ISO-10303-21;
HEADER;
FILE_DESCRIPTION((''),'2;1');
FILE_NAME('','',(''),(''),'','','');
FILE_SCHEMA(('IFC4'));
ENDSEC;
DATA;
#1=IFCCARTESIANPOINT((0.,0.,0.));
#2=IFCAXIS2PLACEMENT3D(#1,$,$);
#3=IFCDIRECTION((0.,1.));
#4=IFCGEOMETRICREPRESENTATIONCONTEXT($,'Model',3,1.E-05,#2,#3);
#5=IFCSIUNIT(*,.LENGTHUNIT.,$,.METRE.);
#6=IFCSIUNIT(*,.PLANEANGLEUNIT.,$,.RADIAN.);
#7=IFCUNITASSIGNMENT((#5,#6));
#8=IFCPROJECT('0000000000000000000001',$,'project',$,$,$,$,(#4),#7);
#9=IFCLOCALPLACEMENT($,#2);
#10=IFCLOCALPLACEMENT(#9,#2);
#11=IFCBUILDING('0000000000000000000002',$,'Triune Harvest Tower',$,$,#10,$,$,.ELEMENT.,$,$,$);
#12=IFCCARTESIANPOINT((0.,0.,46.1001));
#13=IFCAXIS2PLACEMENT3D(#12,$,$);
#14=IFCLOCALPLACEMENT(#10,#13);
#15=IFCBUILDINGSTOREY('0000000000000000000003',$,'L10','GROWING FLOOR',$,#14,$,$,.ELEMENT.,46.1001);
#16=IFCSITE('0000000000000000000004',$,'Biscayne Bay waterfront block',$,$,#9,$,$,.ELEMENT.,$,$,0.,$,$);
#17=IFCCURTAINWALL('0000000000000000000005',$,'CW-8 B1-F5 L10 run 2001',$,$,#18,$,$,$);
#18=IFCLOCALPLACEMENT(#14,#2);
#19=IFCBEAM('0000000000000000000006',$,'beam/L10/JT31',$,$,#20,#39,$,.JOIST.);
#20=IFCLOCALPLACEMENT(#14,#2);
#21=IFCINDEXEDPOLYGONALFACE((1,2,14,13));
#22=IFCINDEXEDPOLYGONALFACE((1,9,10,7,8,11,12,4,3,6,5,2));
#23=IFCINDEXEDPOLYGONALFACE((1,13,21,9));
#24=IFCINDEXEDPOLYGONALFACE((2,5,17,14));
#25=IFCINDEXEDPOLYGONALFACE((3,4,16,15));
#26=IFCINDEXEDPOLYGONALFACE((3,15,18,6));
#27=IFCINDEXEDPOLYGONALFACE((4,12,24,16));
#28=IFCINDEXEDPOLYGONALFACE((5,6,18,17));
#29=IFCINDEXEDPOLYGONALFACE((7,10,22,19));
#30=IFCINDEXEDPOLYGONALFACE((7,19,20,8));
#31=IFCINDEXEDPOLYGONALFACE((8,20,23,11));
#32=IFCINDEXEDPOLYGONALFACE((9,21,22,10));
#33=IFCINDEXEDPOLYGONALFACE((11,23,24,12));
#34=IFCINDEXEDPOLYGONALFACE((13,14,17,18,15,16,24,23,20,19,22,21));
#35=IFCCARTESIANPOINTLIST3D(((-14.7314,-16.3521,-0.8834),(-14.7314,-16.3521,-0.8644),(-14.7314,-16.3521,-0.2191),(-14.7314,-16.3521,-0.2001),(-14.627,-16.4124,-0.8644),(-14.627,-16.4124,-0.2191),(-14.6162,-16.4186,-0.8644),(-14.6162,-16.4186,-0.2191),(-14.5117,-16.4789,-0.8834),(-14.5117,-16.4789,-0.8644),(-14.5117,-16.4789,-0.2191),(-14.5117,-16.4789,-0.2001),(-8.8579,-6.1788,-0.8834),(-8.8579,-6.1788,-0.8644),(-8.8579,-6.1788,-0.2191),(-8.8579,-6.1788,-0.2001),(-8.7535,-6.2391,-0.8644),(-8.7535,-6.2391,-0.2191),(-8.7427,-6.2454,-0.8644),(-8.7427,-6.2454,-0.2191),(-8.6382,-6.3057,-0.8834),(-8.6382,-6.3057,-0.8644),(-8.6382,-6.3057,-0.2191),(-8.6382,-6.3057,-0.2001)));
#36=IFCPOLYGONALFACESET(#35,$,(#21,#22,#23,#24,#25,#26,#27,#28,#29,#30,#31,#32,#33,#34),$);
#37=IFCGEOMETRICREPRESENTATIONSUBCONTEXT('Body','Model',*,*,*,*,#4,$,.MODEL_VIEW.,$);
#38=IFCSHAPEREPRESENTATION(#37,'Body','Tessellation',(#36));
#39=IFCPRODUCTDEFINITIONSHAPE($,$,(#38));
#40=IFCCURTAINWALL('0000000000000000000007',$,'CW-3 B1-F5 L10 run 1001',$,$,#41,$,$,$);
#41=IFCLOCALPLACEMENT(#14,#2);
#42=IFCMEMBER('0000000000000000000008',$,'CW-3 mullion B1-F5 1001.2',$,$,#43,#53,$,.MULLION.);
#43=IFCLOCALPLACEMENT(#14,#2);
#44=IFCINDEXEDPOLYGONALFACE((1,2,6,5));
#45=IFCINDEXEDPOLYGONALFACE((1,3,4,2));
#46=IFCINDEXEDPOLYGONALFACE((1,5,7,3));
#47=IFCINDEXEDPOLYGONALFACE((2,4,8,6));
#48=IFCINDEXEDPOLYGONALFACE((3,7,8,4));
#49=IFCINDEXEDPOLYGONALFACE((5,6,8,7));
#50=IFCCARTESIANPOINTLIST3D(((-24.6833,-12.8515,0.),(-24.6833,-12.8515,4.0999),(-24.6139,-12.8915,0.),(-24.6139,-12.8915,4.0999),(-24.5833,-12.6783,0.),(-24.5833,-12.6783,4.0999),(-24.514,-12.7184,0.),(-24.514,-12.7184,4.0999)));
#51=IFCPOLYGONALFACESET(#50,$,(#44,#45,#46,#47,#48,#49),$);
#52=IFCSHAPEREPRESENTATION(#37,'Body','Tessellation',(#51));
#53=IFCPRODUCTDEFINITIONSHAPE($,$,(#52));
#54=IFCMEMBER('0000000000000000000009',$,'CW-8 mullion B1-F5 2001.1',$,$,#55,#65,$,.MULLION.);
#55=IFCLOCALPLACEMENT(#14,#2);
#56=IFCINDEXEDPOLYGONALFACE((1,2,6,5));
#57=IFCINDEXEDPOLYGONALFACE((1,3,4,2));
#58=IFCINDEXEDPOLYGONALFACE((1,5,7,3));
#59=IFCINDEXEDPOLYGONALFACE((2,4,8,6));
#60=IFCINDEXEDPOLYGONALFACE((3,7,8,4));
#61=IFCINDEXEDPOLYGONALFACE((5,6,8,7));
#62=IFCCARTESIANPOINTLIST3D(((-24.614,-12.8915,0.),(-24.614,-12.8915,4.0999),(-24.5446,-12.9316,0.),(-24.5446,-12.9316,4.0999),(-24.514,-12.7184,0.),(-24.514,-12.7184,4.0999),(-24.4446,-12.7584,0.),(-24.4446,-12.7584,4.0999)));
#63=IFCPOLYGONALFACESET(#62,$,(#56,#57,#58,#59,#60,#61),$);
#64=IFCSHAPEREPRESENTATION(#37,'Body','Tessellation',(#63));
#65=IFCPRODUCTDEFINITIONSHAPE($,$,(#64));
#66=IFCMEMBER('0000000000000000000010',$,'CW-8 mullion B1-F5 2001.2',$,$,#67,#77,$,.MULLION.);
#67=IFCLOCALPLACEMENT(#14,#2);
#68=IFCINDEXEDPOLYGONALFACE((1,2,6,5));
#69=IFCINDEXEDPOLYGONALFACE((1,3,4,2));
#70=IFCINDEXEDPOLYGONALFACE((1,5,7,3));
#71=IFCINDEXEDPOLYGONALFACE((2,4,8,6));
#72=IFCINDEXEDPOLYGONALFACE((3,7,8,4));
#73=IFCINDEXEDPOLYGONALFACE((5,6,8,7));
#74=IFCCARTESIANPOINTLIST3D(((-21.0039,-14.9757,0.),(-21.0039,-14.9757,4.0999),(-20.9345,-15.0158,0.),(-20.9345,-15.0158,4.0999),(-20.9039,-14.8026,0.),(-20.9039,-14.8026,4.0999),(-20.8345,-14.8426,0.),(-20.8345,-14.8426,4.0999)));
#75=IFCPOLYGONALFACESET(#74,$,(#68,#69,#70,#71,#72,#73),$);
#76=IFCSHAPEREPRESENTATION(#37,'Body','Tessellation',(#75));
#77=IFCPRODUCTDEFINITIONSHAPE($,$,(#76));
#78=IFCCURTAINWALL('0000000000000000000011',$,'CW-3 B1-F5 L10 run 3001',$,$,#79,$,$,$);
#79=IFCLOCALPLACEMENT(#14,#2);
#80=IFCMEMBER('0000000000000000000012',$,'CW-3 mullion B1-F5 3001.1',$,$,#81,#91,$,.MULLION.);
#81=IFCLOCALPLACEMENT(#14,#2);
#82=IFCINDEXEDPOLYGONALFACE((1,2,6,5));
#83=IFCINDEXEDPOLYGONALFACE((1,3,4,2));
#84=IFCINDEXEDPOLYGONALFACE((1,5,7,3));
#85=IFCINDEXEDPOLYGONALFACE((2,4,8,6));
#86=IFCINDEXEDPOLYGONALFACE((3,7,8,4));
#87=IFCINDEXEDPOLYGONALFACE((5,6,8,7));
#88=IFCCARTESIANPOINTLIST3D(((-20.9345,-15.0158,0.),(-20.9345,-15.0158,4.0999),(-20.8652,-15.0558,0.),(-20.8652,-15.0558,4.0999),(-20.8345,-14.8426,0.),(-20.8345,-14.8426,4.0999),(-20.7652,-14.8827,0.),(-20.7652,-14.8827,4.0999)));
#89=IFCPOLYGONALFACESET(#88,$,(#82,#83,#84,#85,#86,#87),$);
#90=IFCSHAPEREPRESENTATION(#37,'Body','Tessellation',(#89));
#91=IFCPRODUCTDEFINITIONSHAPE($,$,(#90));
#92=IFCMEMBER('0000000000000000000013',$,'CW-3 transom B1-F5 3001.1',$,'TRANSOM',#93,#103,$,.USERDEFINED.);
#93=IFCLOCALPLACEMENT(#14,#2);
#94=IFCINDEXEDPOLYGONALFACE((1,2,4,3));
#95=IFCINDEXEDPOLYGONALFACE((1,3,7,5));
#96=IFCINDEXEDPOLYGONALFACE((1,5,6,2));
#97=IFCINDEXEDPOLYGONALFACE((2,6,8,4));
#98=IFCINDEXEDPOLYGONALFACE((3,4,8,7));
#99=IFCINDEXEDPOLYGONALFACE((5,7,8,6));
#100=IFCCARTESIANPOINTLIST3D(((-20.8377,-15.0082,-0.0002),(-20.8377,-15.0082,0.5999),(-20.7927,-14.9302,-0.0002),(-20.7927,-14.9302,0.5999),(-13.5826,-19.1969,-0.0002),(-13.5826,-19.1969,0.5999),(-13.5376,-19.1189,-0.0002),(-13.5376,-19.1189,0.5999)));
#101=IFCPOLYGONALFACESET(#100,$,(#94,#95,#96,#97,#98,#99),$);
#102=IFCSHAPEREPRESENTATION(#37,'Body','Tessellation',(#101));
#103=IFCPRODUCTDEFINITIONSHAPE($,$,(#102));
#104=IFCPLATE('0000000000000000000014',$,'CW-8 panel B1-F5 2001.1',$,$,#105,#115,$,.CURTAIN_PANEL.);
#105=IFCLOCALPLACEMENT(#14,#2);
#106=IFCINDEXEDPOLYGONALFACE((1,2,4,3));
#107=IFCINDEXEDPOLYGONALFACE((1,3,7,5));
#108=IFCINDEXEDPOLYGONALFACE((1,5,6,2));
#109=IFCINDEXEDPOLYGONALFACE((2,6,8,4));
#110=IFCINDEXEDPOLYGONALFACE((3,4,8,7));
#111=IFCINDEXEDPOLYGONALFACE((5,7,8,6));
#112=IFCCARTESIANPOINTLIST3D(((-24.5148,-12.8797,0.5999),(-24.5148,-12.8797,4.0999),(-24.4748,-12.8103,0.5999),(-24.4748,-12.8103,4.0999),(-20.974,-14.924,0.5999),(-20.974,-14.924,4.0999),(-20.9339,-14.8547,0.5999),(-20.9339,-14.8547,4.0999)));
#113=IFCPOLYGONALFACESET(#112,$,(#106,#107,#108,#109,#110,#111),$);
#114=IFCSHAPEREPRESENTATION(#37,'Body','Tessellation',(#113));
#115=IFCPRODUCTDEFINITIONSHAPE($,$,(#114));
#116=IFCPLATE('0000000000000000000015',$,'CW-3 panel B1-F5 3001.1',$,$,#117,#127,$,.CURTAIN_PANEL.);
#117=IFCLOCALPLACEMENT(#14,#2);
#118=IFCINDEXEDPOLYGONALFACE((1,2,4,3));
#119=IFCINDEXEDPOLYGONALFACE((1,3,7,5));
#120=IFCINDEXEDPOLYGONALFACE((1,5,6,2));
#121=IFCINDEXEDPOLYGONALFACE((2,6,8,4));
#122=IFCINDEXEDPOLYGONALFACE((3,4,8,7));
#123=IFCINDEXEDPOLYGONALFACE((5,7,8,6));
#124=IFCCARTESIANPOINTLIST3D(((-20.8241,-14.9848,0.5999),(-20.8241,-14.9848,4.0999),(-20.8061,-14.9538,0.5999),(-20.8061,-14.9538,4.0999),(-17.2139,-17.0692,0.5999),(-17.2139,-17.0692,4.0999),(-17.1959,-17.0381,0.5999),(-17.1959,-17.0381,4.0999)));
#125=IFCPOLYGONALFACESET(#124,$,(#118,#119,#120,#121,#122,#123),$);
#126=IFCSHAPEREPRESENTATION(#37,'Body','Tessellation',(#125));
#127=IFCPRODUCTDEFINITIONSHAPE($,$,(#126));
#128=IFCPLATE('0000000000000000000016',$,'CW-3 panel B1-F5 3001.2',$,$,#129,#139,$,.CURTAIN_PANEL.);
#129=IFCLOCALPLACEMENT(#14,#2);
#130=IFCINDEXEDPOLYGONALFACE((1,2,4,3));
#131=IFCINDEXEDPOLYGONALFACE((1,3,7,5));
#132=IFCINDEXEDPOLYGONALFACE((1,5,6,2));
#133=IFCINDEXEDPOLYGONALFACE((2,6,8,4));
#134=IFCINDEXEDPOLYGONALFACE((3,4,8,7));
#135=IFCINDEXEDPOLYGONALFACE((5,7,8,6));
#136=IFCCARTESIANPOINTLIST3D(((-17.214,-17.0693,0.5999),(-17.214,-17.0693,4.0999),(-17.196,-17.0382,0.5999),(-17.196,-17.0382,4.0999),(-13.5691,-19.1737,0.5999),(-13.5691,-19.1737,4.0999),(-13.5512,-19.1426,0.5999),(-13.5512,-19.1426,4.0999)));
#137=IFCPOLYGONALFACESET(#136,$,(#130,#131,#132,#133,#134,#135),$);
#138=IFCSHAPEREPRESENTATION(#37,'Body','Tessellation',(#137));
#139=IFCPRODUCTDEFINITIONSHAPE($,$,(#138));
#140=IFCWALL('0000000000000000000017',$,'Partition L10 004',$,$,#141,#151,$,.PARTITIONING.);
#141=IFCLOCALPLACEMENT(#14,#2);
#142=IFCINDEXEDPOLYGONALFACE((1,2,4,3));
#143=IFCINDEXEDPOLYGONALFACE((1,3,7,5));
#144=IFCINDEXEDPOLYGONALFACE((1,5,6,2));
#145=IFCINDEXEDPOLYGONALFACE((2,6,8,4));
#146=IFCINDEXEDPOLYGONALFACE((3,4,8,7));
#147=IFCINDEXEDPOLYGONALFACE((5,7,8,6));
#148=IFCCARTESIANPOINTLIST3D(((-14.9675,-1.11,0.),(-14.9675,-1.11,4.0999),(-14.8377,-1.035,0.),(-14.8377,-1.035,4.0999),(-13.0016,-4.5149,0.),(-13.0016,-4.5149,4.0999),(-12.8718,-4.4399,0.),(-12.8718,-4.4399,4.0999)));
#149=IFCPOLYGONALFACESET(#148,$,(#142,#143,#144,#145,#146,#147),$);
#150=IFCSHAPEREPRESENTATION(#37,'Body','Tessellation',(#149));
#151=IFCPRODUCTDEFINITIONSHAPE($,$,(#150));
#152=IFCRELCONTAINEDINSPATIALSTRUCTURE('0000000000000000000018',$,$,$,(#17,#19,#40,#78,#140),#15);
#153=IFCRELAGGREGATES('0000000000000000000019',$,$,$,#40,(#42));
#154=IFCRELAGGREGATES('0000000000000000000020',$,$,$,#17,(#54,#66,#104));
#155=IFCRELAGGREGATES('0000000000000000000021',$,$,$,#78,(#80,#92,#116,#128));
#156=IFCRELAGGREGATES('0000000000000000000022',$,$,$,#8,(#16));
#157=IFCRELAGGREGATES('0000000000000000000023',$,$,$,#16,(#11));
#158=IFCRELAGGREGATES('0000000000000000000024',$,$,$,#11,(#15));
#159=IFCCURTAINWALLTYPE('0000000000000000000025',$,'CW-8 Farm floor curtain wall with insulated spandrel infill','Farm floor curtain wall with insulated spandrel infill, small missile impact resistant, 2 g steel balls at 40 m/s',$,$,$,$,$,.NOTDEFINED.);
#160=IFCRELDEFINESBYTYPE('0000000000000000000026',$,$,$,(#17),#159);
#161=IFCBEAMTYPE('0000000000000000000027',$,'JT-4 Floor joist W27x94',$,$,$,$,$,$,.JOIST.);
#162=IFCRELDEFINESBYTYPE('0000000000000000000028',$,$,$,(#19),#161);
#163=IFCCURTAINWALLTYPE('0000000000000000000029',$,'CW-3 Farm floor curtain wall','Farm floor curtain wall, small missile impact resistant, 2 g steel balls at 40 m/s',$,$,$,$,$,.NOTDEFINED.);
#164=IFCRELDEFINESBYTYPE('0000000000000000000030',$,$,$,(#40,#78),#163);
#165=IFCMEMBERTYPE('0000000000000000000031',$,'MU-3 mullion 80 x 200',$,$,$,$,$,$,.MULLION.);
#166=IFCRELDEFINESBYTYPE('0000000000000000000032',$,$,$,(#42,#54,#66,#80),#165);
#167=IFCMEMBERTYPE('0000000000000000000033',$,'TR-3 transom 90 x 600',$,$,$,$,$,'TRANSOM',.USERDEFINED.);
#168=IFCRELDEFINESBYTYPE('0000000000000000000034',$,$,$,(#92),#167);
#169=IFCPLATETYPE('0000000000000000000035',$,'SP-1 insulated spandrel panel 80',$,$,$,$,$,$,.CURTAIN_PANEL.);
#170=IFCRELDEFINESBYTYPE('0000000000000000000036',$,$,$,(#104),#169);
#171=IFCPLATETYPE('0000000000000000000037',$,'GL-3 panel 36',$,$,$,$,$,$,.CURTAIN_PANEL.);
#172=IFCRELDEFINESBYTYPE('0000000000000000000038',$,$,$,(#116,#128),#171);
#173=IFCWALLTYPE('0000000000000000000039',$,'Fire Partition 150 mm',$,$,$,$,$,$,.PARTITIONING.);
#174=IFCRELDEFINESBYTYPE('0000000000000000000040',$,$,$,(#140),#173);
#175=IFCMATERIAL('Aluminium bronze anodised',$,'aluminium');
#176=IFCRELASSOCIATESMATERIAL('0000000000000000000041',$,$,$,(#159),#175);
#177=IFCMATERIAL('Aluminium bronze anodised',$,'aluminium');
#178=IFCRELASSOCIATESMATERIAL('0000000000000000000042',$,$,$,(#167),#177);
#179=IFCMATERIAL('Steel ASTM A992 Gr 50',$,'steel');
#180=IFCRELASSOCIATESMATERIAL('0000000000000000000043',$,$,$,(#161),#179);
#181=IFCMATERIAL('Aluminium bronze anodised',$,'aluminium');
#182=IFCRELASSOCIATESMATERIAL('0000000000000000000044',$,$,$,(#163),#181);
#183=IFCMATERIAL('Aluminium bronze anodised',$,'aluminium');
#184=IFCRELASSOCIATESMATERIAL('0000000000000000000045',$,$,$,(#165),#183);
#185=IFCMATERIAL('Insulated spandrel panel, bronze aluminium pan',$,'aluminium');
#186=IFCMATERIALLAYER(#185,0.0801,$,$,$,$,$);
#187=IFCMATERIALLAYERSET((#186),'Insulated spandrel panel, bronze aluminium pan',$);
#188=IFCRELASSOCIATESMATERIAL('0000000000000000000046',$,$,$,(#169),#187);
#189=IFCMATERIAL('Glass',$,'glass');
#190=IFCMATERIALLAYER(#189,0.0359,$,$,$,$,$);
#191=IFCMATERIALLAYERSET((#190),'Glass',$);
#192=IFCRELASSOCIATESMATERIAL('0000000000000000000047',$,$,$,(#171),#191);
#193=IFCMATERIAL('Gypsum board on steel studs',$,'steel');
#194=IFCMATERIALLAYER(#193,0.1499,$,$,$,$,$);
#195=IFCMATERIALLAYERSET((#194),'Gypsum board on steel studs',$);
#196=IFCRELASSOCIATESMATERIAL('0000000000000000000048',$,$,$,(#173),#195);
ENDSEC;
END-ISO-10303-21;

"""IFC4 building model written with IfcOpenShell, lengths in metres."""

from ifc_helpers import new_model, si_unit, direction, frame, frame_2d, origin, origin_2d, place, context, subcontext, project, spatial, rectangle, i_section, extrude, source, transform, mapped, material, layer, layer_set, material_profile, profile_set, type_object, element, aggregate, save


model = new_model("IFC4")

# Units and contexts
model_context = context("Model", 3, precision=1e-05, world=origin(), true_north=direction((0.0, 1.0)))
body_context = subcontext(model_context, "Body", "Model", "MODEL_VIEW")
ifc_project = project(units=[si_unit("LENGTHUNIT", "METRE"), si_unit("PLANEANGLEUNIT", "RADIAN")], contexts=[model_context])

# Site, building, storey
site_placement = place(None, origin())
site = spatial("IfcSite", under=ifc_project, at=site_placement, Name="Biscayne Bay waterfront block", CompositionType="ELEMENT", RefElevation=0.0)
building_placement = place(site_placement, origin())
building = spatial("IfcBuilding", under=site, at=building_placement, Name="Triune Harvest Tower", CompositionType="ELEMENT")
storey_placement = place(building_placement, frame((0.0, 0.0, 46.1001)))
storey = spatial("IfcBuildingStorey", under=building, at=storey_placement, Name="L10", Description="GROWING FLOOR", CompositionType="ELEMENT", Elevation=46.1001)

# Curtain wall
ifc_material_1 = material(Name="Aluminium bronze anodised", Category="aluminium")
curtain_wall_type_1 = type_object("IfcCurtainWallType", Name="CW-8 Farm floor curtain wall with insulated spandrel infill", Description="Farm floor curtain wall with insulated spandrel infill, small missile impact resistant, 2 g steel balls at 40 m/s", PredefinedType="NOTDEFINED", material=ifc_material_1)
curtain_wall_1_placement = place(storey_placement, origin())
curtain_wall_1 = element("IfcCurtainWall", 1, at=curtain_wall_1_placement, inside=storey, type_object=curtain_wall_type_1, Name="CW-8 B1-F5 L10 run 2001")
ifc_material_2 = material(Name="Aluminium bronze anodised", Category="aluminium")
ifc_material_profile_1 = material_profile(ifc_material_2, rectangle(XDim=0.0901, YDim=0.6001, at=origin_2d()), Name="TR-3 transom 90 x 600")
ifc_profile_set_1 = profile_set([ifc_material_profile_1], Name="Aluminium bronze anodised")
member_type_1 = type_object("IfcMemberType", Name="TR-3 transom 90 x 600", ElementType="TRANSOM", PredefinedType="USERDEFINED", material=ifc_profile_set_1)

# Beam
ifc_material_3 = material(Name="Steel ASTM A992 Gr 50", Category="steel")
ifc_material_profile_2 = material_profile(ifc_material_3, i_section(OverallWidth=0.2537, OverallDepth=0.6833, WebThickness=0.0125, FlangeThickness=0.019, at=origin_2d()), Name="W27x94")
ifc_profile_set_2 = profile_set([ifc_material_profile_2], Name="Steel ASTM A992 Gr 50")
beam_type_1 = type_object("IfcBeamType", Name="JT-4 Floor joist W27x94", PredefinedType="JOIST", material=ifc_profile_set_2)
shared_shape_1 = source(origin(), body_context, "Body", "SweptSolid", [
    extrude(i_section(OverallWidth=0.2537, OverallDepth=0.6833, WebThickness=0.0125, FlangeThickness=0.019, at=origin_2d()), origin(), (0.0, 0.0, 1.0), 11.7471),
])
beam_1_placement = place(storey_placement, frame((-14.6216, -16.4155, -0.5417), z_axis=(0.499997, 0.866027, 0.0), x_axis=(-0.866027, 0.499997, 0.0)))
element("IfcBeam", 2, at=beam_1_placement, inside=storey, type_object=beam_type_1, Name="beam/L10/JT31", PredefinedType="JOIST", context=body_context, shape_type="MappedRepresentation", body=[
    mapped(shared_shape_1, transform((0.0, 0.0, 0.0), scale=1.0)),
])

# Curtain wall, member
ifc_material_4 = material(Name="Aluminium bronze anodised", Category="aluminium")
curtain_wall_type_2 = type_object("IfcCurtainWallType", Name="CW-3 Farm floor curtain wall", Description="Farm floor curtain wall, small missile impact resistant, 2 g steel balls at 40 m/s", PredefinedType="NOTDEFINED", material=ifc_material_4)
curtain_wall_2_placement = place(storey_placement, origin())
curtain_wall_2 = element("IfcCurtainWall", 3, at=curtain_wall_2_placement, inside=storey, type_object=curtain_wall_type_2, Name="CW-3 B1-F5 L10 run 1001")
ifc_material_5 = material(Name="Aluminium bronze anodised", Category="aluminium")
ifc_material_profile_3 = material_profile(ifc_material_5, rectangle(XDim=0.2, YDim=0.0801, at=origin_2d()), Name="MU-3 mullion 80 x 200")
ifc_profile_set_3 = profile_set([ifc_material_profile_3], Name="Aluminium bronze anodised")
member_type_2 = type_object("IfcMemberType", Name="MU-3 mullion 80 x 200", PredefinedType="MULLION", material=ifc_profile_set_3)
shared_shape_2 = source(origin(), body_context, "Body", "SweptSolid", [
    extrude(rectangle(XDim=0.2, YDim=0.0801, at=origin_2d()), origin(), (0.0, 0.0, 1.0), 4.0999),
])
member_1_placement = place(storey_placement, frame((-24.5986, -12.7849, 0.0), z_axis=(0.0, 0.0, 1.0), x_axis=(0.500007, 0.866021, 0.0)))
member_1 = element("IfcMember", 4, at=member_1_placement, type_object=member_type_2, Name="CW-3 mullion B1-F5 1001.2", PredefinedType="MULLION", context=body_context, shape_type="MappedRepresentation", body=[
    mapped(shared_shape_2, transform((0.0, 0.0, 0.0), scale=1.0)),
])
aggregate(curtain_wall_2, [member_1])

# Members
member_2_placement = place(storey_placement, frame((-24.5293, -12.825, 0.0), z_axis=(0.0, 0.0, 1.0), x_axis=(0.500007, 0.866021, 0.0)))
member_2 = element("IfcMember", 5, at=member_2_placement, type_object=member_type_2, Name="CW-8 mullion B1-F5 2001.1", PredefinedType="MULLION", context=body_context, shape_type="MappedRepresentation", body=[
    mapped(shared_shape_2, transform((0.0, 0.0, 0.0), scale=1.0)),
])
member_3_placement = place(storey_placement, frame((-20.9192, -14.9092, 0.0), z_axis=(0.0, 0.0, 1.0), x_axis=(0.500007, 0.866021, 0.0)))
member_3 = element("IfcMember", 6, at=member_3_placement, type_object=member_type_2, Name="CW-8 mullion B1-F5 2001.2", PredefinedType="MULLION", context=body_context, shape_type="MappedRepresentation", body=[
    mapped(shared_shape_2, transform((0.0, 0.0, 0.0), scale=1.0)),
])

# Curtain wall, members
curtain_wall_3_placement = place(storey_placement, origin())
curtain_wall_3 = element("IfcCurtainWall", 7, at=curtain_wall_3_placement, inside=storey, type_object=curtain_wall_type_2, Name="CW-3 B1-F5 L10 run 3001")
member_4_placement = place(storey_placement, frame((-20.8499, -14.9492, 0.0), z_axis=(0.0, 0.0, 1.0), x_axis=(0.499999, 0.866026, 0.0)))
member_4 = element("IfcMember", 8, at=member_4_placement, type_object=member_type_2, Name="CW-3 mullion B1-F5 3001.1", PredefinedType="MULLION", context=body_context, shape_type="MappedRepresentation", body=[
    mapped(shared_shape_2, transform((0.0, 0.0, 0.0), scale=1.0)),
])
shared_shape_3 = source(origin(), body_context, "Body", "SweptSolid", [
    extrude(rectangle(XDim=0.0901, YDim=0.6001, at=origin_2d()), origin(), (0.0, 0.0, 1.0), 8.3774),
])
member_5_placement = place(storey_placement, frame((-20.8152, -14.9692, 0.2998), z_axis=(0.866027, -0.499997, 0.0), x_axis=(0.499997, 0.866027, 0.0)))
member_5 = element("IfcMember", 9, at=member_5_placement, type_object=member_type_1, Name="CW-3 transom B1-F5 3001.1", ObjectType="TRANSOM", PredefinedType="USERDEFINED", context=body_context, shape_type="MappedRepresentation", body=[
    mapped(shared_shape_3, transform((0.0, 0.0, 0.0), scale=1.0)),
])

# Plates
ifc_material_6 = material(Name="Insulated spandrel panel, bronze aluminium pan", Category="aluminium")
ifc_layer_1 = layer(ifc_material_6, 0.0801)
ifc_layer_set_1 = layer_set([ifc_layer_1], Name="Insulated spandrel panel, bronze aluminium pan")
plate_type_1 = type_object("IfcPlateType", Name="SP-1 insulated spandrel panel 80", PredefinedType="CURTAIN_PANEL", material=ifc_layer_set_1)
plate_1_placement = place(storey_placement, frame((-22.7244, -13.8672, 0.5999), z_axis=(0.0, 0.0, 1.0), x_axis=(0.866021, -0.500007, 0.0)))
plate_1 = element("IfcPlate", 10, at=plate_1_placement, type_object=plate_type_1, Name="CW-8 panel B1-F5 2001.1", PredefinedType="CURTAIN_PANEL", context=body_context, shape_type="SweptSolid", body=[
    extrude(rectangle(XDim=4.0886, YDim=0.0801, at=origin_2d()), origin(), (0.0, 0.0, 1.0), 3.5),
])
aggregate(curtain_wall_1, [member_2, member_3, plate_1])
ifc_material_7 = material(Name="Glass", Category="glass")
ifc_layer_2 = layer(ifc_material_7, 0.0359)
ifc_layer_set_2 = layer_set([ifc_layer_2], Name="Glass")
plate_type_2 = type_object("IfcPlateType", Name="GL-3 panel 36", PredefinedType="CURTAIN_PANEL", material=ifc_layer_set_2)
shared_shape_4 = source(origin(), body_context, "Body", "SweptSolid", [
    extrude(rectangle(XDim=4.1687, YDim=0.0359, at=origin_2d()), origin(), (0.0, 0.0, 1.0), 3.5),
])
plate_2_placement = place(storey_placement, frame((-19.01, -16.0115, 0.5999), z_axis=(0.0, 0.0, 1.0), x_axis=(0.866026, -0.499999, 0.0)))
plate_2 = element("IfcPlate", 11, at=plate_2_placement, type_object=plate_type_2, Name="CW-3 panel B1-F5 3001.1", PredefinedType="CURTAIN_PANEL", context=body_context, shape_type="MappedRepresentation", body=[
    mapped(shared_shape_4, transform((0.0, 0.0, 0.0), scale=1.0)),
])
shared_shape_5 = source(origin(), body_context, "Body", "SweptSolid", [
    extrude(rectangle(XDim=4.2087, YDim=0.0359, at=origin_2d()), origin(), (0.0, 0.0, 1.0), 3.5),
])
plate_3_placement = place(storey_placement, frame((-15.3826, -18.106, 0.5999), z_axis=(0.0, 0.0, 1.0), x_axis=(0.866026, -0.499999, 0.0)))
plate_3 = element("IfcPlate", 12, at=plate_3_placement, type_object=plate_type_2, Name="CW-3 panel B1-F5 3001.2", PredefinedType="CURTAIN_PANEL", context=body_context, shape_type="MappedRepresentation", body=[
    mapped(shared_shape_5, transform((0.0, 0.0, 0.0), scale=1.0)),
])
aggregate(curtain_wall_3, [member_4, member_5, plate_2, plate_3])

# Wall
ifc_material_8 = material(Name="Gypsum board on steel studs", Category="steel")
ifc_layer_3 = layer(ifc_material_8, 0.1499)
ifc_layer_set_3 = layer_set([ifc_layer_3], Name="Gypsum board on steel studs")
wall_type_1 = type_object("IfcWallType", Name="Fire Partition 150 mm", PredefinedType="PARTITIONING", material=ifc_layer_set_3)
wall_1_placement = place(storey_placement, frame((-14.9026, -1.0725, 0.0), z_axis=(0.0, 0.0, 1.0), x_axis=(0.500013, -0.866018, 0.0)))
element("IfcWall", 13, at=wall_1_placement, inside=storey, type_object=wall_type_1, Name="Partition L10 004", PredefinedType="PARTITIONING", context=body_context, shape_type="SweptSolid", body=[
    extrude(rectangle(XDim=3.9316, YDim=0.1499, at=frame_2d((1.9658, 0.0))), origin(), (0.0, 0.0, 1.0), 4.0999),
])

save(model, "model.ifc")
